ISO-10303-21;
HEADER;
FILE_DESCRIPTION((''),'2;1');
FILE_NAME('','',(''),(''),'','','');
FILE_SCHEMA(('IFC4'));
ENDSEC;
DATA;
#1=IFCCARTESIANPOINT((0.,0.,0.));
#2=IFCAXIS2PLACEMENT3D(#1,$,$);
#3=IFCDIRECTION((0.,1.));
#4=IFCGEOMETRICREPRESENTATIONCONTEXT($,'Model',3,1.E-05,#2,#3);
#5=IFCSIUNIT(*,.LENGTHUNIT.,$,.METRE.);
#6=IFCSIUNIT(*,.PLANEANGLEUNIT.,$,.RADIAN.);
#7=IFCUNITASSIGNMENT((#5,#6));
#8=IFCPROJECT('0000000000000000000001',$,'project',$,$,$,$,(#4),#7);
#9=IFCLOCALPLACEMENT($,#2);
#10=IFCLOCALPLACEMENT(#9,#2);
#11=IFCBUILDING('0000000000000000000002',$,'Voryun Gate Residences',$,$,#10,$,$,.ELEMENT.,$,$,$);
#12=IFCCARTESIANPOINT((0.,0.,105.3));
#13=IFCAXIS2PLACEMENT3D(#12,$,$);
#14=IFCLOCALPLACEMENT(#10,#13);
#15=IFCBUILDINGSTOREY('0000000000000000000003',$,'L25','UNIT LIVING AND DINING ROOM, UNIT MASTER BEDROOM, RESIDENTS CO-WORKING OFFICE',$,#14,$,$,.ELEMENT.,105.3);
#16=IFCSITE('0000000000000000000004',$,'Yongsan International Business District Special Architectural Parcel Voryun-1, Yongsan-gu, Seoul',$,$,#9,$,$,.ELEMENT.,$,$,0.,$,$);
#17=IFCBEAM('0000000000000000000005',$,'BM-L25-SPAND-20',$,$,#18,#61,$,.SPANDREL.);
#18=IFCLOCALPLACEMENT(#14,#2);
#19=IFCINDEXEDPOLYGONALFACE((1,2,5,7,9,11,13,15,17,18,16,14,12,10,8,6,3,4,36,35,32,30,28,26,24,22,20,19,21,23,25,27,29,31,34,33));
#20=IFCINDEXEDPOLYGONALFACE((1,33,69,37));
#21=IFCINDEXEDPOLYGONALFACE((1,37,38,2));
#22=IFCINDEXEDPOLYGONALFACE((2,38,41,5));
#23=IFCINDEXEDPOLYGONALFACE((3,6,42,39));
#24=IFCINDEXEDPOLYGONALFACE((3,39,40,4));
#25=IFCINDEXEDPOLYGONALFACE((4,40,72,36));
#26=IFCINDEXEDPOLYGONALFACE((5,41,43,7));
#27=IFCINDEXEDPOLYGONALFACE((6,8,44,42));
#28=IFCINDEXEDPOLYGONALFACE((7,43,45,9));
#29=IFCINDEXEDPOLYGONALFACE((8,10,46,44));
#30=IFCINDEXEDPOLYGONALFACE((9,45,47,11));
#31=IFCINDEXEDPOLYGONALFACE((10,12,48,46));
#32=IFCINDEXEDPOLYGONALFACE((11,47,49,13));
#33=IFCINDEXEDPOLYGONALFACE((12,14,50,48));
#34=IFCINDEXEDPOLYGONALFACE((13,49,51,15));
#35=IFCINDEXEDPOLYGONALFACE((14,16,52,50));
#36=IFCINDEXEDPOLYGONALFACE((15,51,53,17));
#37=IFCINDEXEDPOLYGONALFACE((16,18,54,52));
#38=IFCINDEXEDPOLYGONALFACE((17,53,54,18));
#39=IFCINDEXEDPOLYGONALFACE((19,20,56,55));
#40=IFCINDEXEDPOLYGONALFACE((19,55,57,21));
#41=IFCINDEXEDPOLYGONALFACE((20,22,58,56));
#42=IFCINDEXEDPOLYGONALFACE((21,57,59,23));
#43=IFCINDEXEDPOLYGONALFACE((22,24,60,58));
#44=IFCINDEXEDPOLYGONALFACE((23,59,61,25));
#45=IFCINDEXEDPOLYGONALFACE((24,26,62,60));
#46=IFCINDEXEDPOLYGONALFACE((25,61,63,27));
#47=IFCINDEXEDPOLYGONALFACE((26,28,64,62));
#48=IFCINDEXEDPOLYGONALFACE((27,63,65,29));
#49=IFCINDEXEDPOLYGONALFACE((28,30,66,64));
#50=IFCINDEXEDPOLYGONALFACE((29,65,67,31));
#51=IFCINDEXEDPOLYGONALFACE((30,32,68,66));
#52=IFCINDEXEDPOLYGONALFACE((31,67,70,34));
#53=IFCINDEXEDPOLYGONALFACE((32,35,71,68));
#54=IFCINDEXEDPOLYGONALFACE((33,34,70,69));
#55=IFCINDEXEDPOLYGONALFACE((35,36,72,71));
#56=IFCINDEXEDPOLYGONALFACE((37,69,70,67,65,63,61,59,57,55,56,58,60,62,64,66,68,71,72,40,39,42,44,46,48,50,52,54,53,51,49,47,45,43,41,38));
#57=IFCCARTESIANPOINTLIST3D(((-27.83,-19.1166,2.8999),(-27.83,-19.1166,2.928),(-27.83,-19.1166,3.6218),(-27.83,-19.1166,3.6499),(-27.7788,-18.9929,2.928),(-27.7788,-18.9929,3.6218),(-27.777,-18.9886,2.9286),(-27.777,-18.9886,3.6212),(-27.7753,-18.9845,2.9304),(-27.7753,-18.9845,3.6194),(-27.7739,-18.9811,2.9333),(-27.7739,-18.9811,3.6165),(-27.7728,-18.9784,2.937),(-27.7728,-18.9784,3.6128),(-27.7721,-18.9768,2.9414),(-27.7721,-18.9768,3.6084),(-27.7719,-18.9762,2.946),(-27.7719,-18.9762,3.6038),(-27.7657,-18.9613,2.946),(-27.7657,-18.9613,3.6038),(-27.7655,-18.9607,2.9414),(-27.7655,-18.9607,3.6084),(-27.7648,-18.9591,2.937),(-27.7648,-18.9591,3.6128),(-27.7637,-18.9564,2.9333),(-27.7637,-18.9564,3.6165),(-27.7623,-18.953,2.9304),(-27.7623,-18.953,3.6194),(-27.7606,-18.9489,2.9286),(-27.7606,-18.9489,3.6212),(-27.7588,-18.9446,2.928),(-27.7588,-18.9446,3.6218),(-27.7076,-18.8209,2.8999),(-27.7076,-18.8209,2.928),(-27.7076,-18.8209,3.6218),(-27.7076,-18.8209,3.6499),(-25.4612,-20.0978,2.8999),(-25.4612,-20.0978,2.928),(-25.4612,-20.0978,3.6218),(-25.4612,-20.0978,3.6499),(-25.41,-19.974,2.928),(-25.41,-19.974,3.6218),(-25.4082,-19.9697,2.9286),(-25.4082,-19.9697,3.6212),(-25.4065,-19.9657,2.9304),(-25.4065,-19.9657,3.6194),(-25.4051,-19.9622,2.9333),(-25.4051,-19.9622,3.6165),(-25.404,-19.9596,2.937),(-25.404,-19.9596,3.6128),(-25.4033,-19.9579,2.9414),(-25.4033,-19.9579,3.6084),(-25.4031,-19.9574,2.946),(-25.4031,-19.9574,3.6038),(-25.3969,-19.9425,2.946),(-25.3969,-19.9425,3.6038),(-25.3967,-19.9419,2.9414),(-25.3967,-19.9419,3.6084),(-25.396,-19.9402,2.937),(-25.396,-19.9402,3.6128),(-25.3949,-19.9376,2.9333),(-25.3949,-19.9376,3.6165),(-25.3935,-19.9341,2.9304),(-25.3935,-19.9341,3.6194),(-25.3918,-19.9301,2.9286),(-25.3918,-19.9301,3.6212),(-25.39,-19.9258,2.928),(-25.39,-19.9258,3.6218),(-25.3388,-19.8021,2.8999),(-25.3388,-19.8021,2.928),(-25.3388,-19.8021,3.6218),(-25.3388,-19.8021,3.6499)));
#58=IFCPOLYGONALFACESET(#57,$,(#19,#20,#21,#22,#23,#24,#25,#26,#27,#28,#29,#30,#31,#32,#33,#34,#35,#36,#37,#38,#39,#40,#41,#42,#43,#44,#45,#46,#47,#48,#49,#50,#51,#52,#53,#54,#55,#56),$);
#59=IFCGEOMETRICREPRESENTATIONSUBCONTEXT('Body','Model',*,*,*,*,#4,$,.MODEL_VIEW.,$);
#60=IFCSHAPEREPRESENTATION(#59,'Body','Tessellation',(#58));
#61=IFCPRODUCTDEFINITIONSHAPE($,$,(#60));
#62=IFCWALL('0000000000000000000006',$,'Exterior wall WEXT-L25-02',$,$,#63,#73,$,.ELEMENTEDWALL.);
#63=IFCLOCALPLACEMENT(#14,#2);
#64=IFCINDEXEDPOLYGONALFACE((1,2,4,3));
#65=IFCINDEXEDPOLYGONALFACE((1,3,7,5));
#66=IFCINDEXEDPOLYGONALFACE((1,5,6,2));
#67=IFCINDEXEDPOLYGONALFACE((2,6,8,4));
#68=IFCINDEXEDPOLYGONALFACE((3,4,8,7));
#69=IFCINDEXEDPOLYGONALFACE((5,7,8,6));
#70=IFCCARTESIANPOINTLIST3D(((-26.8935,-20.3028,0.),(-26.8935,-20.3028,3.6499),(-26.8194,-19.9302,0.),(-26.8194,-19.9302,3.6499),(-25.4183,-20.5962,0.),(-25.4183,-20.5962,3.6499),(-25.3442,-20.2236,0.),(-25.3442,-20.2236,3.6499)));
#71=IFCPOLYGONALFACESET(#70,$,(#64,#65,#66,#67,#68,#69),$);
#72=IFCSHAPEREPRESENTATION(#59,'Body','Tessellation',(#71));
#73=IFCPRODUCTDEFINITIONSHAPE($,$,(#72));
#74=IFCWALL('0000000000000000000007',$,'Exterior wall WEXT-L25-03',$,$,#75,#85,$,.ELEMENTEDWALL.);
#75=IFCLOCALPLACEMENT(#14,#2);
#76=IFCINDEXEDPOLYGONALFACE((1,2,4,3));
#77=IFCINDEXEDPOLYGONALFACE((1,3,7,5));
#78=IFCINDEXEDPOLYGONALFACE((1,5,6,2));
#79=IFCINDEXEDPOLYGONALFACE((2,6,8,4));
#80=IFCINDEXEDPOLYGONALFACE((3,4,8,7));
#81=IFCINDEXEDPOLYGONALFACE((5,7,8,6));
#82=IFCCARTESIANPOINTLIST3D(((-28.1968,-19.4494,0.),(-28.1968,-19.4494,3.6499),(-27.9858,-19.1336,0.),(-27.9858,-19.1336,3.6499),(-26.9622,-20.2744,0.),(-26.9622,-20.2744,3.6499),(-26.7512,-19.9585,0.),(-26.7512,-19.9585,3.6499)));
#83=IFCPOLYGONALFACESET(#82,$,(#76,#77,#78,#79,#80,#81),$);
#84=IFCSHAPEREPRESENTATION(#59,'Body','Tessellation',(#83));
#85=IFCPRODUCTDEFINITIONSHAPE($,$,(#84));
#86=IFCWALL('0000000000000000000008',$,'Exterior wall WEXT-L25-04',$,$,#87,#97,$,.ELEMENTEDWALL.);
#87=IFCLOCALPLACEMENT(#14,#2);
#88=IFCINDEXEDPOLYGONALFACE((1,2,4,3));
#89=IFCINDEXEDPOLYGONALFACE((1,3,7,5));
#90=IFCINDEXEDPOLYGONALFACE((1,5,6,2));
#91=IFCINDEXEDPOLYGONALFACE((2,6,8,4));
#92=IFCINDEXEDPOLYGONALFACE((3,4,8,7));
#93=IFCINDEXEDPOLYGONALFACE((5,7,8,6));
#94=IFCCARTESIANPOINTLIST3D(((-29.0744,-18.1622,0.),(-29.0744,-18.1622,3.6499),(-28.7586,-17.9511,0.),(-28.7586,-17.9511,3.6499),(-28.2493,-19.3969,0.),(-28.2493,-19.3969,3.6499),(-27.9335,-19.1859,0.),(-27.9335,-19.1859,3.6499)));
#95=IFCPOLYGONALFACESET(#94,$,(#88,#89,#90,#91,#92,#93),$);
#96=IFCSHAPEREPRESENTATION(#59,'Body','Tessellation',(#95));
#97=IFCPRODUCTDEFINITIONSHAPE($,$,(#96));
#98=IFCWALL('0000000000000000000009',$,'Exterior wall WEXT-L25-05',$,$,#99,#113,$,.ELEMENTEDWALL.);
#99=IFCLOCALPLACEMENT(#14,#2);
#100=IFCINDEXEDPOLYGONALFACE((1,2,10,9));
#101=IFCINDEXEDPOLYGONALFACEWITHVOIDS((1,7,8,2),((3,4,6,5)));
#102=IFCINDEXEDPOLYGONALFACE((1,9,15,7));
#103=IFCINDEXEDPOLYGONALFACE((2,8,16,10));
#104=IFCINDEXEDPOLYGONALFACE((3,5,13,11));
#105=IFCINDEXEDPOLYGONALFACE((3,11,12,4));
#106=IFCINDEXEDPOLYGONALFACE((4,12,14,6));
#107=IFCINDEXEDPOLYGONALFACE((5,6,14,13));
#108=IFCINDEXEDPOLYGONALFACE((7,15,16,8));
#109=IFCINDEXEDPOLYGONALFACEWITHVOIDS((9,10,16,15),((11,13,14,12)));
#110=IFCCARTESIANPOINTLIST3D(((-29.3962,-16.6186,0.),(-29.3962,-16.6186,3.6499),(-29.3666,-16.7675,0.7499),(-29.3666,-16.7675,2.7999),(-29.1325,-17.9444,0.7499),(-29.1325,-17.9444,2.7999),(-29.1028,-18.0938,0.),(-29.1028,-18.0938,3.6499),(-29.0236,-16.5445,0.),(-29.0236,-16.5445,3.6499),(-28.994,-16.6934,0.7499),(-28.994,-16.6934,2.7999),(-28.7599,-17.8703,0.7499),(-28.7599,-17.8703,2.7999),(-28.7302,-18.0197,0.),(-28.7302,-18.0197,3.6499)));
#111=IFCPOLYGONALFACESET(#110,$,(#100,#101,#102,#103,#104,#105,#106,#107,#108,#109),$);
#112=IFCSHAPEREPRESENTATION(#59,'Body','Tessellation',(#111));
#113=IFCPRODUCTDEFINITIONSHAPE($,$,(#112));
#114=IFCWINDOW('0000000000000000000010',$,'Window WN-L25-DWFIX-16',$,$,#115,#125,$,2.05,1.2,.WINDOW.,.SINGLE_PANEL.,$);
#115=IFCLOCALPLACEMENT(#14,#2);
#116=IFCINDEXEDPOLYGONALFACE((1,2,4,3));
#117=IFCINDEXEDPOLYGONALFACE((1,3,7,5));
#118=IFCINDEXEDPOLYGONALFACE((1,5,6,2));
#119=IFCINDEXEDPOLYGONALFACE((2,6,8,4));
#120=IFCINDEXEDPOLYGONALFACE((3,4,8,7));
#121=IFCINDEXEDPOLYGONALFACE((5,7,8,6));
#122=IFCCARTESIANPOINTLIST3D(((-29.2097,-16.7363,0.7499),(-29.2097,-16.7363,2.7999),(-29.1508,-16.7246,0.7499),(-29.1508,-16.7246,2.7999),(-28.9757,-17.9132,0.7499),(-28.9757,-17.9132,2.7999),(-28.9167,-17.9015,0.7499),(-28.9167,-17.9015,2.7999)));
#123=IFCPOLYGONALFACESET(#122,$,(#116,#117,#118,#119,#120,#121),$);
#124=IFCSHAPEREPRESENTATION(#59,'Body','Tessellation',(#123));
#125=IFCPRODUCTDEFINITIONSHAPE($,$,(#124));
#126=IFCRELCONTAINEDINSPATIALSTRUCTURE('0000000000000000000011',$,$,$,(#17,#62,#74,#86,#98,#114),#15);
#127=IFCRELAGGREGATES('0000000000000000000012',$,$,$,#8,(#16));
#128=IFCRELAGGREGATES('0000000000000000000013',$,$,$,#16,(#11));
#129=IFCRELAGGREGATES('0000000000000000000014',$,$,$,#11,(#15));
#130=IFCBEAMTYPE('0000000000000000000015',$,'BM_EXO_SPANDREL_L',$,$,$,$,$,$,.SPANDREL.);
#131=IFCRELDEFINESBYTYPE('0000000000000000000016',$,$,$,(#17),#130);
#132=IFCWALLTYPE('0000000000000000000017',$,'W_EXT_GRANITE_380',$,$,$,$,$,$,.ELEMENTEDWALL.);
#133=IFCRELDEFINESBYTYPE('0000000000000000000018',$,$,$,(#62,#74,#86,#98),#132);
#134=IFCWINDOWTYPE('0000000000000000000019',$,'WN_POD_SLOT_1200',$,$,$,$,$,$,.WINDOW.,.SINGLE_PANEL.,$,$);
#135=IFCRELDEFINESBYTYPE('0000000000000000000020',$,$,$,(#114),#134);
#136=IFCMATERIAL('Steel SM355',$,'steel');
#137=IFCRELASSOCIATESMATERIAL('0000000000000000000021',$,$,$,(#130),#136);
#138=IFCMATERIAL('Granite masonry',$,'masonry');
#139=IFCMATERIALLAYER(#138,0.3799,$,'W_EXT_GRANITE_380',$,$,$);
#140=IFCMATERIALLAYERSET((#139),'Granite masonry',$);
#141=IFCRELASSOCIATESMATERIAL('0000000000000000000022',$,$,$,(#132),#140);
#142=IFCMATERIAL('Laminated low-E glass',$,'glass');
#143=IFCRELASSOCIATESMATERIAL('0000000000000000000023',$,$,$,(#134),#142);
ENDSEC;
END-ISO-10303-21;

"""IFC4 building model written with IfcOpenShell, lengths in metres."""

from ifc_helpers import new_model, si_unit, direction, frame, frame_2d, origin, origin_2d, place, context, subcontext, project, spatial, rectangle, i_section, extrude, material, layer, layer_set, material_profile, profile_set, type_object, element, fill, save


model = new_model("IFC4")

# Units and contexts
model_context = context("Model", 3, precision=1e-05, world=origin(), true_north=direction((0.0, 1.0)))
body_context = subcontext(model_context, "Body", "Model", "MODEL_VIEW")
ifc_project = project(units=[si_unit("LENGTHUNIT", "METRE"), si_unit("PLANEANGLEUNIT", "RADIAN")], contexts=[model_context])

# Site, building, storey
site_placement = place(None, origin())
site = spatial("IfcSite", under=ifc_project, at=site_placement, Name="Yongsan International Business District Special Architectural Parcel Voryun-1, Yongsan-gu, Seoul", CompositionType="ELEMENT", RefElevation=0.0)
building_placement = place(site_placement, origin())
building = spatial("IfcBuilding", under=site, at=building_placement, Name="Voryun Gate Residences", CompositionType="ELEMENT")
storey_placement = place(building_placement, frame((0.0, 0.0, 105.3)))
storey = spatial("IfcBuildingStorey", under=building, at=storey_placement, Name="L25", Description="UNIT LIVING AND DINING ROOM, UNIT MASTER BEDROOM, RESIDENTS CO-WORKING OFFICE", CompositionType="ELEMENT", Elevation=105.3)

# Beam
ifc_material_1 = material(Name="Steel SM355", Category="steel")
ifc_material_profile_1 = material_profile(ifc_material_1, i_section(OverallWidth=0.3201, OverallDepth=0.75, WebThickness=0.0161, FlangeThickness=0.0281, FilletRadius=0.0181, at=origin_2d()), Name="H-750x320x16x28")
ifc_profile_set_1 = profile_set([ifc_material_profile_1], Name="Steel SM355")
beam_type = type_object("IfcBeamType", Name="BM_EXO_SPANDREL_L", PredefinedType="SPANDREL", material=ifc_profile_set_1)
beam_1_placement = place(storey_placement, frame((-27.7688, -18.9688, 3.2749), z_axis=(0.923883, -0.382674, 0.0), x_axis=(0.382674, 0.923883, 0.0)))
element("IfcBeam", 1, at=beam_1_placement, inside=storey, type_object=beam_type, Name="BM-L25-SPAND-20", PredefinedType="SPANDREL", context=body_context, shape_type="SweptSolid", body=[
    extrude(i_section(OverallWidth=0.3201, OverallDepth=0.75, WebThickness=0.0161, FlangeThickness=0.0281, FilletRadius=0.0181, at=origin_2d()), origin(), (0.0, 0.0, 1.0), 2.564),
])

# Walls
ifc_material_2 = material(Name="Granite masonry", Category="masonry")
ifc_layer_1 = layer(ifc_material_2, 0.3799, Name="W_EXT_GRANITE_380")
ifc_layer_set_1 = layer_set([ifc_layer_1], Name="Granite masonry")
wall_type_1 = type_object("IfcWallType", Name="W_EXT_GRANITE_380", PredefinedType="ELEMENTEDWALL", material=ifc_layer_set_1)
wall_1_placement = place(storey_placement, frame((-25.3813, -20.4099, 0.0), z_axis=(0.0, 0.0, 1.0), x_axis=(-0.980786, 0.195086, 0.0)))
element("IfcWall", 2, at=wall_1_placement, inside=storey, type_object=wall_type_1, Name="Exterior wall WEXT-L25-02", PredefinedType="ELEMENTEDWALL", context=body_context, shape_type="SweptSolid", body=[
    extrude(rectangle(XDim=1.5042, YDim=0.3799, at=frame_2d((0.752, 0.0))), origin(), (0.0, 0.0, 1.0), 3.6499),
])
wall_2_placement = place(storey_placement, frame((-26.8567, -20.1165, 0.0), z_axis=(0.0, 0.0, 1.0), x_axis=(-0.831468, 0.555573, 0.0)))
element("IfcWall", 3, at=wall_2_placement, inside=storey, type_object=wall_type_1, Name="Exterior wall WEXT-L25-03", PredefinedType="ELEMENTEDWALL", context=body_context, shape_type="SweptSolid", body=[
    extrude(rectangle(XDim=1.4849, YDim=0.3799, at=frame_2d((0.7424, 0.0))), origin(), (0.0, 0.0, 1.0), 3.6499),
])
wall_3_placement = place(storey_placement, frame((-28.0913, -19.2915, 0.0), z_axis=(0.0, 0.0, 1.0), x_axis=(-0.55561, 0.831443, 0.0)))
element("IfcWall", 4, at=wall_3_placement, inside=storey, type_object=wall_type_1, Name="Exterior wall WEXT-L25-04", PredefinedType="ELEMENTEDWALL", context=body_context, shape_type="SweptSolid", body=[
    extrude(rectangle(XDim=1.4851, YDim=0.3799, at=frame_2d((0.7427, 0.0))), origin(), (0.0, 0.0, 1.0), 3.6499),
])

# Wall, opening, window
wall_4_placement = place(storey_placement, frame((-28.9165, -18.0566, 0.0), z_axis=(0.0, 0.0, 1.0), x_axis=(-0.195086, 0.980786, 0.0)))
wall_4 = element("IfcWall", 5, at=wall_4_placement, inside=storey, type_object=wall_type_1, Name="Exterior wall WEXT-L25-05", PredefinedType="ELEMENTEDWALL", context=body_context, shape_type="SweptSolid", body=[
    extrude(rectangle(XDim=1.5042, YDim=0.3799, at=frame_2d((0.752, 0.0))), origin(), (0.0, 0.0, 1.0), 3.6499),
])
opening_1_placement = place(wall_4_placement, frame((0.1521, 0.0, 0.75)))
opening_1 = element("IfcOpeningElement", 6, at=opening_1_placement, cuts=wall_4, PredefinedType="OPENING", context=body_context, shape_type="SweptSolid", body=[
    extrude(rectangle(XDim=1.2, YDim=2.05, at=frame_2d((0.6001, 1.0249))), frame((0.0, 0.2, 0.0), z_axis=(0.0, -1.0, 0.0), x_axis=(1.0, 0.0, 0.0)), (0.0, 0.0, 1.0), 0.3999),
])
ifc_material_3 = material(Name="Laminated low-E glass", Category="glass")
window_type = type_object("IfcWindowType", Name="WN_POD_SLOT_1200", PartitioningType="SINGLE_PANEL", PredefinedType="WINDOW", material=ifc_material_3)
window_1_placement = place(opening_1_placement, origin())
window_1 = element("IfcWindow", 7, at=window_1_placement, inside=storey, type_object=window_type, Name="Window WN-L25-DWFIX-16", OverallHeight=2.05, OverallWidth=1.2, PartitioningType="SINGLE_PANEL", PredefinedType="WINDOW", context=body_context, shape_type="SweptSolid", body=[
    extrude(rectangle(XDim=1.2, YDim=2.05, at=frame_2d((0.6001, 1.0249))), frame((0.0, 0.03, 0.0), z_axis=(0.0, -1.0, 0.0), x_axis=(1.0, 0.0, 0.0)), (0.0, 0.0, 1.0), 0.0601),
])
fill(opening_1, window_1)

save(model, "model.ifc")
